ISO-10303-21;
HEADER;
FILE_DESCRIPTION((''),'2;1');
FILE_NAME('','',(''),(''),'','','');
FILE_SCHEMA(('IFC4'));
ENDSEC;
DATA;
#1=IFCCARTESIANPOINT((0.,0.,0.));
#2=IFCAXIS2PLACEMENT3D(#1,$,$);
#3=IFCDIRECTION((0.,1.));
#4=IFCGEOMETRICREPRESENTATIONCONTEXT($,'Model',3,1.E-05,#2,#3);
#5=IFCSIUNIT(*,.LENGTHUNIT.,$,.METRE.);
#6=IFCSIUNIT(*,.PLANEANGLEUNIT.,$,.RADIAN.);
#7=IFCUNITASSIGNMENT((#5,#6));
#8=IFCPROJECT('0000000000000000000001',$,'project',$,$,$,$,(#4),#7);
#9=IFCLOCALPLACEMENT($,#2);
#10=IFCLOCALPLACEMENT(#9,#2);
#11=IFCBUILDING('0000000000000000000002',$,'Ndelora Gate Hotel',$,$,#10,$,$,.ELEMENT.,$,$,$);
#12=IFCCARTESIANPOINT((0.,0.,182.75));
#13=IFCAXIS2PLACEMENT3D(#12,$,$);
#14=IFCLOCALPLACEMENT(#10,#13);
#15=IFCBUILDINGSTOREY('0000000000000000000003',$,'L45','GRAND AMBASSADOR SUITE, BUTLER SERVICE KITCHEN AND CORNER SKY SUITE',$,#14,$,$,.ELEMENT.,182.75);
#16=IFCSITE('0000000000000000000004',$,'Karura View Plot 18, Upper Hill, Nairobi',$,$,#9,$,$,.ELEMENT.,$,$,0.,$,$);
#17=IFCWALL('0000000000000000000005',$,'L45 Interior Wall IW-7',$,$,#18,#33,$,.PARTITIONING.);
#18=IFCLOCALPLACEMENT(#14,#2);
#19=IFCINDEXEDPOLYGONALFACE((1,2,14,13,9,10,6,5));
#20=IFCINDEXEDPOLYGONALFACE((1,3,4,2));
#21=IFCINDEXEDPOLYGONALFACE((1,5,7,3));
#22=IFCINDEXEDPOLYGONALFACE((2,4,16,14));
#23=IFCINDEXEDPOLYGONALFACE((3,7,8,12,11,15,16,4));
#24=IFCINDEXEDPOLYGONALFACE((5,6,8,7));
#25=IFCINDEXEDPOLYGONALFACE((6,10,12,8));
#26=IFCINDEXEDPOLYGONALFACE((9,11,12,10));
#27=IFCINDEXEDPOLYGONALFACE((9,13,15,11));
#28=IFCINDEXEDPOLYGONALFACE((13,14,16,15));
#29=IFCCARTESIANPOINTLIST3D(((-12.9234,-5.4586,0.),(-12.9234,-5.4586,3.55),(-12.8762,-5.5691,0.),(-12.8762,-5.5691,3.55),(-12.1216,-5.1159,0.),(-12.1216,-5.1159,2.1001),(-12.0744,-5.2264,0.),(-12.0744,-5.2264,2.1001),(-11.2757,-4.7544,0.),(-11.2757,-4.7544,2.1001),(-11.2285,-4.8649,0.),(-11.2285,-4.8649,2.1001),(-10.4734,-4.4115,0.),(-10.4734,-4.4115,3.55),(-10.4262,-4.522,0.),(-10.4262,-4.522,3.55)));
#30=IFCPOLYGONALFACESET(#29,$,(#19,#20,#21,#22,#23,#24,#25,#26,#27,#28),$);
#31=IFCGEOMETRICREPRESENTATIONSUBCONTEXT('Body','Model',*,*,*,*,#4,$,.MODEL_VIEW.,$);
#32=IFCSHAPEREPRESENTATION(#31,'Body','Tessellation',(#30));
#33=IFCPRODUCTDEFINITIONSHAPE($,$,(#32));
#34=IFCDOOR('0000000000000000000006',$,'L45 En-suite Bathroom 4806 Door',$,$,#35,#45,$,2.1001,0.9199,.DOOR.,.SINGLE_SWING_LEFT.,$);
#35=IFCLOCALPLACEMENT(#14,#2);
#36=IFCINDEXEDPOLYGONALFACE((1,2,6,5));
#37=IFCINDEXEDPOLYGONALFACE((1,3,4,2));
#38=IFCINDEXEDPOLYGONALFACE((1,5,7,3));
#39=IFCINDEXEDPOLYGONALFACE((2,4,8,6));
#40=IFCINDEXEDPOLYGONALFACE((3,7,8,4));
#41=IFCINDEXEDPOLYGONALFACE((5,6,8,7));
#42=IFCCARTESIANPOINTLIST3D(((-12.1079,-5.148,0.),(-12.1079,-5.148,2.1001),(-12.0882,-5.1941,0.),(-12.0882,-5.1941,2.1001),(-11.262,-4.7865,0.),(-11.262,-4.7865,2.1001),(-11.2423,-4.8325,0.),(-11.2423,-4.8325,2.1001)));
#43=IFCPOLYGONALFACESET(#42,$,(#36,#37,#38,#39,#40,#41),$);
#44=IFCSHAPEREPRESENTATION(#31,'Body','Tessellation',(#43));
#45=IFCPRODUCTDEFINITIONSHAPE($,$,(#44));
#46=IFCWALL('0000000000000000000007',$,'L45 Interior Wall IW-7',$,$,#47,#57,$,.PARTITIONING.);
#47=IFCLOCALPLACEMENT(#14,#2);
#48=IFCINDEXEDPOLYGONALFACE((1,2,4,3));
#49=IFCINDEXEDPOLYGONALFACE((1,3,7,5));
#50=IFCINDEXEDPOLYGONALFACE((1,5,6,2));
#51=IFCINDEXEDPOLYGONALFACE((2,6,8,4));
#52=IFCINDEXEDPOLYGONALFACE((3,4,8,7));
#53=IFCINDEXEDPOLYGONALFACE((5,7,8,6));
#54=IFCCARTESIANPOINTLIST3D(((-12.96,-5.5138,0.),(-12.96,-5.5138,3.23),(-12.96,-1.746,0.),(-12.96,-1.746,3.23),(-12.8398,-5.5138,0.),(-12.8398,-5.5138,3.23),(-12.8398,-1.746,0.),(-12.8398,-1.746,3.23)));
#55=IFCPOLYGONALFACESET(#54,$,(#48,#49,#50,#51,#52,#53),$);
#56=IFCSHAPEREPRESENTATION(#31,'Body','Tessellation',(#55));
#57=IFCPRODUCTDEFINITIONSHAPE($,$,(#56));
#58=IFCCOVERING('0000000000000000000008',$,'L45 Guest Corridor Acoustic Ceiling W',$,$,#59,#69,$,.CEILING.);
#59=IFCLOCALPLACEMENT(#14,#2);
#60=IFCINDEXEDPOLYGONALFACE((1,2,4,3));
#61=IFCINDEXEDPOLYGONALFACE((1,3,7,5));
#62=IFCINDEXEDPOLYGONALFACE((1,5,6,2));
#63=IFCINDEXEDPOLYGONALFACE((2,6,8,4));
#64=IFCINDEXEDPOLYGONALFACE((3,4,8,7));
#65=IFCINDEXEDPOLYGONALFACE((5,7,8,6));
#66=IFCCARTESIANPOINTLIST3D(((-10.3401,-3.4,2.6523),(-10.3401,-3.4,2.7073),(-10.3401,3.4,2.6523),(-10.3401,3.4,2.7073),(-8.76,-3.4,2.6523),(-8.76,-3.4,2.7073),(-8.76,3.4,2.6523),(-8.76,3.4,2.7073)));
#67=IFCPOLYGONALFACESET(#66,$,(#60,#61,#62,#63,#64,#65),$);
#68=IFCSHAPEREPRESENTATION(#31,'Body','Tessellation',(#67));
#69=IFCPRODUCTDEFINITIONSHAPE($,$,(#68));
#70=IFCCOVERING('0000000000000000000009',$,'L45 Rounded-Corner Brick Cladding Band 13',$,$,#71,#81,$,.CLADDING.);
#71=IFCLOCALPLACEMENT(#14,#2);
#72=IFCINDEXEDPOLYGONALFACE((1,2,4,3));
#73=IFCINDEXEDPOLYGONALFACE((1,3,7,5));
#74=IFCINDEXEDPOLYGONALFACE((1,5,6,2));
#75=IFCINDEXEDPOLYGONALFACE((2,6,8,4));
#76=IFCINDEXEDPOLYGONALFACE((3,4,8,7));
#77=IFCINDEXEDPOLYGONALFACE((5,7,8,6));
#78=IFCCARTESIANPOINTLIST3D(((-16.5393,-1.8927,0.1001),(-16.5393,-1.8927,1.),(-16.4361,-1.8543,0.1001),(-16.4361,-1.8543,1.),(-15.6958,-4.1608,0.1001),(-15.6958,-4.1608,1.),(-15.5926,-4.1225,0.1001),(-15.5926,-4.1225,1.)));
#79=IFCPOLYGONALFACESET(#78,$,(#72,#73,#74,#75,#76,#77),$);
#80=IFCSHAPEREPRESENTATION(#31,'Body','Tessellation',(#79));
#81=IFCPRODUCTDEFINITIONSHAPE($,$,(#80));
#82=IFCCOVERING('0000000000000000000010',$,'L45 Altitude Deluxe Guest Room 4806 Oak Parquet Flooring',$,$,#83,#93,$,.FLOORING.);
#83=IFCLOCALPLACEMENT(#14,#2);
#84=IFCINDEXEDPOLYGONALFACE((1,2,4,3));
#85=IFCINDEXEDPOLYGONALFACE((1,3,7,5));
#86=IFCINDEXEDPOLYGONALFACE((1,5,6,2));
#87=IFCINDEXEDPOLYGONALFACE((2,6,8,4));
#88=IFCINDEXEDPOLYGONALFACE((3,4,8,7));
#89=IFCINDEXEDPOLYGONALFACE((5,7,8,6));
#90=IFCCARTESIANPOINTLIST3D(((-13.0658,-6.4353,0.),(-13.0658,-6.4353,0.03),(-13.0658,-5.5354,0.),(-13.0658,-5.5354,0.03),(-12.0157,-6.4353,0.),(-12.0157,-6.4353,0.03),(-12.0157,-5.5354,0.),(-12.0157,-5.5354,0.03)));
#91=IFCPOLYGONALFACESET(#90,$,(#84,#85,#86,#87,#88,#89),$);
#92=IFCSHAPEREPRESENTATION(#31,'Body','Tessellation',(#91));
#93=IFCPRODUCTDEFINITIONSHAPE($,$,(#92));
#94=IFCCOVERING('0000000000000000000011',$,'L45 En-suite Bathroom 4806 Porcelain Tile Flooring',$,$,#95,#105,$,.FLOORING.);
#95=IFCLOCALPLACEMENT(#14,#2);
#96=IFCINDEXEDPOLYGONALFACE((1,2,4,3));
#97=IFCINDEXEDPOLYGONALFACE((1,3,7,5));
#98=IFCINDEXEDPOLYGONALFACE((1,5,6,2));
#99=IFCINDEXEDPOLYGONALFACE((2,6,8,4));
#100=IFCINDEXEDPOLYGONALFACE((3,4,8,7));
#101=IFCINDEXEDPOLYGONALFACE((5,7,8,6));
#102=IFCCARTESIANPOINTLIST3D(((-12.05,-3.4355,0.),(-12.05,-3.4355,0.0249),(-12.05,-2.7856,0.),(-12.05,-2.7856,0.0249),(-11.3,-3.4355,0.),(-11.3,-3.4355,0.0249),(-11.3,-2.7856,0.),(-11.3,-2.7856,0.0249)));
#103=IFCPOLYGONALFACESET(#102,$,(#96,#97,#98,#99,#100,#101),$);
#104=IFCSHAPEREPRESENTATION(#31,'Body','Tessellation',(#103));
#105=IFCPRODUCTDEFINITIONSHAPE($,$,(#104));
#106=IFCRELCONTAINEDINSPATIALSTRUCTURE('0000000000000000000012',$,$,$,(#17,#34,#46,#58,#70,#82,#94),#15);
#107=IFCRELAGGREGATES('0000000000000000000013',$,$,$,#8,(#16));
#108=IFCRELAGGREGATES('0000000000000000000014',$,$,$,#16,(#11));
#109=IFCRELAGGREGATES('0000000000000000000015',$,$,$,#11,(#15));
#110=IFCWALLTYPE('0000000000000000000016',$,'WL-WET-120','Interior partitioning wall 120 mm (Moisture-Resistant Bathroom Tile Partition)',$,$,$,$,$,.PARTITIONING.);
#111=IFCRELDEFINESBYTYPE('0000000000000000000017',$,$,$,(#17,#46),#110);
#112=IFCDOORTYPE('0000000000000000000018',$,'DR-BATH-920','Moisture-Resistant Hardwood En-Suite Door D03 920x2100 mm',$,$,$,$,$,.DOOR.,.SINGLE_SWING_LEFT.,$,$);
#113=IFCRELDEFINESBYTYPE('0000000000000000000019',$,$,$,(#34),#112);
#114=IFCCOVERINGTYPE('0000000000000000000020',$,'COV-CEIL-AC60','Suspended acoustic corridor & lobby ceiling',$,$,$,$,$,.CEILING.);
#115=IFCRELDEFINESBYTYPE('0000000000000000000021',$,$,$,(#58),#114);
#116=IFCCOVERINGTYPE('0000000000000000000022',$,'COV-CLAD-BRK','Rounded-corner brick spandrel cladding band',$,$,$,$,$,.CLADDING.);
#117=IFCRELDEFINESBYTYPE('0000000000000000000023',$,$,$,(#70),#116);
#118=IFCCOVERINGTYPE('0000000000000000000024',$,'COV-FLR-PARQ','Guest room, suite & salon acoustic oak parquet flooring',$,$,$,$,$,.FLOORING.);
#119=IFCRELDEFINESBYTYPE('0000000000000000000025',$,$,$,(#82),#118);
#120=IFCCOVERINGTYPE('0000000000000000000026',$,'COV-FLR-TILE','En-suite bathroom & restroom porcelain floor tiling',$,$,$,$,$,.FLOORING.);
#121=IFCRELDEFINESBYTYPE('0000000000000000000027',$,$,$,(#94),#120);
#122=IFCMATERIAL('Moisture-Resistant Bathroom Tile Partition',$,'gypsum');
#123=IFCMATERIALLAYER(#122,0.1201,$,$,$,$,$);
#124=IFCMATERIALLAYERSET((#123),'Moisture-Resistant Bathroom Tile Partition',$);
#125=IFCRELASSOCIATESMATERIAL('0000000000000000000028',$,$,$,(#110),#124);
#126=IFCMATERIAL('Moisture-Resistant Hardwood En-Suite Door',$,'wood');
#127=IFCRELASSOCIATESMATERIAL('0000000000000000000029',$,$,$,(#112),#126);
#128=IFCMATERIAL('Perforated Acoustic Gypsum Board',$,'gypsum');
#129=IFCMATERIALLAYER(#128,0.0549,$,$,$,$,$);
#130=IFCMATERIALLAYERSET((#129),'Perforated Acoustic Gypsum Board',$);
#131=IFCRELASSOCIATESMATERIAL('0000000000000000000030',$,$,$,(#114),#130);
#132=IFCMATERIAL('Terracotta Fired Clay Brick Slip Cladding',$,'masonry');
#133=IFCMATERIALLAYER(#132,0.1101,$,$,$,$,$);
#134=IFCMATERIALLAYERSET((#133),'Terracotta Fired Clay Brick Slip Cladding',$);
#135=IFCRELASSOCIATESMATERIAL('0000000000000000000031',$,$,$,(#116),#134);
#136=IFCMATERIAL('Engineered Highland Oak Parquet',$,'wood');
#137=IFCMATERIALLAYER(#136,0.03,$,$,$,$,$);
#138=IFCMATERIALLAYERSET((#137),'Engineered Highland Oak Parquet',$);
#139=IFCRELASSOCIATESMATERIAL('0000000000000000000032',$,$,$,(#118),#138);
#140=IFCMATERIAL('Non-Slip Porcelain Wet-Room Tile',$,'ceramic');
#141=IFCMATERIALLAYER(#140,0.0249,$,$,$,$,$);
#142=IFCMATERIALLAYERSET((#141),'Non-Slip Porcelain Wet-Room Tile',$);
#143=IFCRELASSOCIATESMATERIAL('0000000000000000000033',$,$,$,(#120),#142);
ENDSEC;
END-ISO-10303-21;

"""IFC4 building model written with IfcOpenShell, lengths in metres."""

from ifc_helpers import new_model, si_unit, direction, frame, frame_2d, origin, origin_2d, place, context, subcontext, project, spatial, rectangle, extrude, material, layer, layer_set, type_object, element, fill, save


model = new_model("IFC4")

# Units and contexts
model_context = context("Model", 3, precision=1e-05, world=origin(), true_north=direction((0.0, 1.0)))
body_context = subcontext(model_context, "Body", "Model", "MODEL_VIEW")
ifc_project = project(units=[si_unit("LENGTHUNIT", "METRE"), si_unit("PLANEANGLEUNIT", "RADIAN")], contexts=[model_context])

# Site, building, storey
site_placement = place(None, origin())
site = spatial("IfcSite", under=ifc_project, at=site_placement, Name="Karura View Plot 18, Upper Hill, Nairobi", CompositionType="ELEMENT", RefElevation=0.0)
building_placement = place(site_placement, origin())
building = spatial("IfcBuilding", under=site, at=building_placement, Name="Ndelora Gate Hotel", CompositionType="ELEMENT")
storey_placement = place(building_placement, frame((0.0, 0.0, 182.75)))
storey = spatial("IfcBuildingStorey", under=building, at=storey_placement, Name="L45", Description="GRAND AMBASSADOR SUITE, BUTLER SERVICE KITCHEN AND CORNER SKY SUITE", CompositionType="ELEMENT", Elevation=182.75)

# Wall, opening, door
ifc_material_1 = material(Name="Moisture-Resistant Bathroom Tile Partition", Category="gypsum")
ifc_layer_1 = layer(ifc_material_1, 0.1201)
ifc_layer_set_1 = layer_set([ifc_layer_1], Name="Moisture-Resistant Bathroom Tile Partition")
wall_type_1 = type_object("IfcWallType", Name="WL-WET-120", Description="Interior partitioning wall 120 mm (Moisture-Resistant Bathroom Tile Partition)", PredefinedType="PARTITIONING", material=ifc_layer_set_1)
wall_1_placement = place(storey_placement, frame((-10.45, -4.4668, 0.0), z_axis=(0.0, 0.0, 1.0), x_axis=(-0.919533, -0.393012, 0.0)))
wall_1 = element("IfcWall", 1, at=wall_1_placement, inside=storey, type_object=wall_type_1, Name="L45 Interior Wall IW-7", PredefinedType="PARTITIONING", context=body_context, shape_type="SweptSolid", body=[
    extrude(rectangle(XDim=2.6643, YDim=0.1201, at=frame_2d((1.332, 0.0))), origin(), (0.0, 0.0, 1.0), 3.55),
])
opening_1_placement = place(wall_1_placement, frame((0.8723, 0.0, 0.0)))
opening_1 = element("IfcOpeningElement", 2, at=opening_1_placement, cuts=wall_1, PredefinedType="OPENING", context=body_context, shape_type="SweptSolid", body=[
    extrude(rectangle(XDim=0.9199, YDim=2.1001, at=frame_2d((0.46, 1.05))), frame((0.0, 0.0701, 0.0), z_axis=(0.0, -1.0, 0.0), x_axis=(1.0, 0.0, 0.0)), (0.0, 0.0, 1.0), 0.1401),
])
ifc_material_2 = material(Name="Moisture-Resistant Hardwood En-Suite Door", Category="wood")
door_type_1 = type_object("IfcDoorType", Name="DR-BATH-920", Description="Moisture-Resistant Hardwood En-Suite Door D03 920x2100 mm", OperationType="SINGLE_SWING_LEFT", PredefinedType="DOOR", material=ifc_material_2)
door_1_placement = place(opening_1_placement, origin())
door_1 = element("IfcDoor", 3, at=door_1_placement, inside=storey, type_object=door_type_1, Name="L45 En-suite Bathroom 4806 Door", OperationType="SINGLE_SWING_LEFT", OverallHeight=2.1001, OverallWidth=0.9199, PredefinedType="DOOR", context=body_context, shape_type="SweptSolid", body=[
    extrude(rectangle(XDim=0.9199, YDim=2.1001, at=frame_2d((0.46, 1.05))), frame((0.0, 0.0249, 0.0), z_axis=(0.0, -1.0, 0.0), x_axis=(1.0, 0.0, 0.0)), (0.0, 0.0, 1.0), 0.05),
])
fill(opening_1, door_1)

# Wall
wall_2_placement = place(storey_placement, frame((-12.8999, -1.7461, 0.0), z_axis=(0.0, 0.0, 1.0), x_axis=(0.0, -1.0, 0.0)))
element("IfcWall", 4, at=wall_2_placement, inside=storey, type_object=wall_type_1, Name="L45 Interior Wall IW-7", PredefinedType="PARTITIONING", context=body_context, shape_type="SweptSolid", body=[
    extrude(rectangle(XDim=3.7678, YDim=0.1201, at=frame_2d((1.8838, 0.0))), origin(), (0.0, 0.0, 1.0), 3.23),
])

# Coverings
ifc_material_3 = material(Name="Perforated Acoustic Gypsum Board", Category="gypsum")
ifc_layer_2 = layer(ifc_material_3, 0.0549)
ifc_layer_set_2 = layer_set([ifc_layer_2], Name="Perforated Acoustic Gypsum Board")
covering_type_1 = type_object("IfcCoveringType", Name="COV-CEIL-AC60", Description="Suspended acoustic corridor & lobby ceiling", PredefinedType="CEILING", material=ifc_layer_set_2)
covering_1_placement = place(storey_placement, frame((-9.55, 0.0, 2.6523), z_axis=(0.0, 0.0, 1.0), x_axis=(1.0, 0.0, 0.0)))
element("IfcCovering", 5, at=covering_1_placement, inside=storey, type_object=covering_type_1, Name="L45 Guest Corridor Acoustic Ceiling W", PredefinedType="CEILING", context=body_context, shape_type="SweptSolid", body=[
    extrude(rectangle(XDim=1.5801, YDim=6.8, at=origin_2d()), origin(), (0.0, 0.0, 1.0), 0.0549),
])
ifc_material_4 = material(Name="Terracotta Fired Clay Brick Slip Cladding", Category="masonry")
ifc_layer_3 = layer(ifc_material_4, 0.1101)
ifc_layer_set_3 = layer_set([ifc_layer_3], Name="Terracotta Fired Clay Brick Slip Cladding")
covering_type_2 = type_object("IfcCoveringType", Name="COV-CLAD-BRK", Description="Rounded-corner brick spandrel cladding band", PredefinedType="CLADDING", material=ifc_layer_set_3)
covering_2_placement = place(storey_placement, frame((-16.0659, -3.0076, 0.1001), z_axis=(0.0, 0.0, 1.0), x_axis=(-0.348572, 0.937282, 0.0)))
element("IfcCovering", 6, at=covering_2_placement, inside=storey, type_object=covering_type_2, Name="L45 Rounded-Corner Brick Cladding Band 13", PredefinedType="CLADDING", context=body_context, shape_type="SweptSolid", body=[
    extrude(rectangle(XDim=2.4199, YDim=0.1101, at=origin_2d()), origin(), (0.0, 0.0, 1.0), 0.8999),
])
ifc_material_5 = material(Name="Engineered Highland Oak Parquet", Category="wood")
ifc_layer_4 = layer(ifc_material_5, 0.03)
ifc_layer_set_4 = layer_set([ifc_layer_4], Name="Engineered Highland Oak Parquet")
covering_type_3 = type_object("IfcCoveringType", Name="COV-FLR-PARQ", Description="Guest room, suite & salon acoustic oak parquet flooring", PredefinedType="FLOORING", material=ifc_layer_set_4)
covering_3_placement = place(storey_placement, frame((-12.5408, -5.9854, 0.0), z_axis=(0.0, 0.0, 1.0), x_axis=(1.0, 0.0, 0.0)))
element("IfcCovering", 7, at=covering_3_placement, inside=storey, type_object=covering_type_3, Name="L45 Altitude Deluxe Guest Room 4806 Oak Parquet Flooring", PredefinedType="FLOORING", context=body_context, shape_type="SweptSolid", body=[
    extrude(rectangle(XDim=1.05, YDim=0.8999, at=origin_2d()), origin(), (0.0, 0.0, 1.0), 0.03),
])
ifc_material_6 = material(Name="Non-Slip Porcelain Wet-Room Tile", Category="ceramic")
ifc_layer_5 = layer(ifc_material_6, 0.0249)
ifc_layer_set_5 = layer_set([ifc_layer_5], Name="Non-Slip Porcelain Wet-Room Tile")
covering_type_4 = type_object("IfcCoveringType", Name="COV-FLR-TILE", Description="En-suite bathroom & restroom porcelain floor tiling", PredefinedType="FLOORING", material=ifc_layer_set_5)
covering_4_placement = place(storey_placement, frame((-11.675, -3.1106, 0.0), z_axis=(0.0, 0.0, 1.0), x_axis=(1.0, 0.0, 0.0)))
element("IfcCovering", 8, at=covering_4_placement, inside=storey, type_object=covering_type_4, Name="L45 En-suite Bathroom 4806 Porcelain Tile Flooring", PredefinedType="FLOORING", context=body_context, shape_type="SweptSolid", body=[
    extrude(rectangle(XDim=0.75, YDim=0.6499, at=origin_2d()), origin(), (0.0, 0.0, 1.0), 0.0249),
])

save(model, "model.ifc")
